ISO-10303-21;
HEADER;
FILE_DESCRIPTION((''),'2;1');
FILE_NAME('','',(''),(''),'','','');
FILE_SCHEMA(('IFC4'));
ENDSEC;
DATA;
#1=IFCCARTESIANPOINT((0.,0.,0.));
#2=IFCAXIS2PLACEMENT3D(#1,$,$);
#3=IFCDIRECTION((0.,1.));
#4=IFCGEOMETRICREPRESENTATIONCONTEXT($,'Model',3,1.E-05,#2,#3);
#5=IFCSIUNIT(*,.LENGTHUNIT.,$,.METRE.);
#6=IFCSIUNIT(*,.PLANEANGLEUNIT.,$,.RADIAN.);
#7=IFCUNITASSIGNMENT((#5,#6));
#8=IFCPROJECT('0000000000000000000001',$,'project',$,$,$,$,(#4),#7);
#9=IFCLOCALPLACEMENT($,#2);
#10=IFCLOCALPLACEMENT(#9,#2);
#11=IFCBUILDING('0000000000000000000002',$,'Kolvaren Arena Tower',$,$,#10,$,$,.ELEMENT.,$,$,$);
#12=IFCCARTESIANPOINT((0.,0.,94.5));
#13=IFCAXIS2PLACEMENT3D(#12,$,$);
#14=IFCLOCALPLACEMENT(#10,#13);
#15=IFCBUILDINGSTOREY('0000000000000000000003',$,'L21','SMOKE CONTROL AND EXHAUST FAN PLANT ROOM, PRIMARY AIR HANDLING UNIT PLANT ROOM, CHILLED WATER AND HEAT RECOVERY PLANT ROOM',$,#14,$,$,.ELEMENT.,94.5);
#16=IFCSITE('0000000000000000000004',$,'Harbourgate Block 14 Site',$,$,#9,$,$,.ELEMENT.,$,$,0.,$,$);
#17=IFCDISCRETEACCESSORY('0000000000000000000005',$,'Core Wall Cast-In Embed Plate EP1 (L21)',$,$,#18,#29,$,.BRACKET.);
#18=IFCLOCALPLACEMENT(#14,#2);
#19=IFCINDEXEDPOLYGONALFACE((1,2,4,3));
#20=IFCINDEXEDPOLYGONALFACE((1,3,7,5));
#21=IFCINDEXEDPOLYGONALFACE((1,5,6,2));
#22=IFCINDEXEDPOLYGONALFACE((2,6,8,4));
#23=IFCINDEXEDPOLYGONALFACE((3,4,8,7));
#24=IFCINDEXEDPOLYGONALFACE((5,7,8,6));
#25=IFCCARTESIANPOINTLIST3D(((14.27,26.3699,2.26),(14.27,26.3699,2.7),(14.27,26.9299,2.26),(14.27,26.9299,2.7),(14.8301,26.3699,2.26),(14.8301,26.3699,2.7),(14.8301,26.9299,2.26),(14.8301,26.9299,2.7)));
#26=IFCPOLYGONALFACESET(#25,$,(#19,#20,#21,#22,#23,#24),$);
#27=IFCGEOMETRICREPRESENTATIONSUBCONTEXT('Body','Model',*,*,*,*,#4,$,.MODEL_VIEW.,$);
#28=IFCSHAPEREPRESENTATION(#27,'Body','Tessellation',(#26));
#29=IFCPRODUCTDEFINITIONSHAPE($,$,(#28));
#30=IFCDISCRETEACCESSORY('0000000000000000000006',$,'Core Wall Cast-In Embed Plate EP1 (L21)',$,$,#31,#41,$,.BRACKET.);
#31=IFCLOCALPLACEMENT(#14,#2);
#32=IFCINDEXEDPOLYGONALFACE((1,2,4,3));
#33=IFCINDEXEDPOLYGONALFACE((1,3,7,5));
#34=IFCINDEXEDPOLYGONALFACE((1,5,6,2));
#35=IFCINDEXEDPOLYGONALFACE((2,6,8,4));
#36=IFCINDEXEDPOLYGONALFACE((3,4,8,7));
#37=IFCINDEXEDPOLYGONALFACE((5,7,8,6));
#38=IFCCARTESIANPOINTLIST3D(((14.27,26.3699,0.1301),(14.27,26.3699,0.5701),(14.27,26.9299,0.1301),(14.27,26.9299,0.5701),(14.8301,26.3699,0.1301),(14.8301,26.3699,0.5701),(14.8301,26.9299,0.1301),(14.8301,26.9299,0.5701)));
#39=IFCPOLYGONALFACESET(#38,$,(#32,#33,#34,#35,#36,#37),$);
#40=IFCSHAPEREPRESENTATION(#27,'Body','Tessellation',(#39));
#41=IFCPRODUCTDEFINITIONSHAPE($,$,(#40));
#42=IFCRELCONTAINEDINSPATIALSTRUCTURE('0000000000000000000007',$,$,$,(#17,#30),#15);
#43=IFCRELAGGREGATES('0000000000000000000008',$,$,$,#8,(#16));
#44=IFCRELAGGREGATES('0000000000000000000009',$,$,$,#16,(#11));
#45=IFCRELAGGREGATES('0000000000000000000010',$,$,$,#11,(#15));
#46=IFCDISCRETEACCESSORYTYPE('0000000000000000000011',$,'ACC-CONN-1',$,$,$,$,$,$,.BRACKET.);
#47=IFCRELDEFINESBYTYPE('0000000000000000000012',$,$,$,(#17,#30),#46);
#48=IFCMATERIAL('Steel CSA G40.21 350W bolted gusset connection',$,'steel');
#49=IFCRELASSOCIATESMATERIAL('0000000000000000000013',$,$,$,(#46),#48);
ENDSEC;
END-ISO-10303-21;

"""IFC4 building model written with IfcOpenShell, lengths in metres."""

from ifc_helpers import new_model, si_unit, direction, frame, origin, origin_2d, place, context, subcontext, project, spatial, rectangle, extrude, material, type_object, element, save


model = new_model("IFC4")

# Units and contexts
model_context = context("Model", 3, precision=1e-05, world=origin(), true_north=direction((0.0, 1.0)))
body_context = subcontext(model_context, "Body", "Model", "MODEL_VIEW")
ifc_project = project(units=[si_unit("LENGTHUNIT", "METRE"), si_unit("PLANEANGLEUNIT", "RADIAN")], contexts=[model_context])

# Site, building, storey
site_placement = place(None, origin())
site = spatial("IfcSite", under=ifc_project, at=site_placement, Name="Harbourgate Block 14 Site", CompositionType="ELEMENT", RefElevation=0.0)
building_placement = place(site_placement, origin())
building = spatial("IfcBuilding", under=site, at=building_placement, Name="Kolvaren Arena Tower", CompositionType="ELEMENT")
storey_placement = place(building_placement, frame((0.0, 0.0, 94.5)))
storey = spatial("IfcBuildingStorey", under=building, at=storey_placement, Name="L21", Description="SMOKE CONTROL AND EXHAUST FAN PLANT ROOM, PRIMARY AIR HANDLING UNIT PLANT ROOM, CHILLED WATER AND HEAT RECOVERY PLANT ROOM", CompositionType="ELEMENT", Elevation=94.5)

# Discrete accessories
ifc_material_1 = material(Name="Steel CSA G40.21 350W bolted gusset connection", Category="steel")
discrete_accessory_type = type_object("IfcDiscreteAccessoryType", Name="ACC-CONN-1", PredefinedType="BRACKET", material=ifc_material_1)
for number, where, z_axis, x_axis, name in (
    (1, (14.55, 26.6499, 2.26), (0.0, 0.0, 1.0), (1.0, 0.0, 0.0), "Core Wall Cast-In Embed Plate EP1 (L21)"),
    (2, (14.55, 26.6499, 0.1301), (0.0, 0.0, 1.0), (1.0, 0.0, 0.0), "Core Wall Cast-In Embed Plate EP1 (L21)"),
):
    element("IfcDiscreteAccessory", number, at=place(storey_placement, frame(where, z_axis=z_axis, x_axis=x_axis)), inside=storey, type_object=discrete_accessory_type, Name=name, PredefinedType="BRACKET", context=body_context, shape_type="SweptSolid", body=[
        extrude(rectangle(XDim=0.5601, YDim=0.5601, at=origin_2d()), origin(), (0.0, 0.0, 1.0), 0.4399),
    ])

save(model, "model.ifc")
